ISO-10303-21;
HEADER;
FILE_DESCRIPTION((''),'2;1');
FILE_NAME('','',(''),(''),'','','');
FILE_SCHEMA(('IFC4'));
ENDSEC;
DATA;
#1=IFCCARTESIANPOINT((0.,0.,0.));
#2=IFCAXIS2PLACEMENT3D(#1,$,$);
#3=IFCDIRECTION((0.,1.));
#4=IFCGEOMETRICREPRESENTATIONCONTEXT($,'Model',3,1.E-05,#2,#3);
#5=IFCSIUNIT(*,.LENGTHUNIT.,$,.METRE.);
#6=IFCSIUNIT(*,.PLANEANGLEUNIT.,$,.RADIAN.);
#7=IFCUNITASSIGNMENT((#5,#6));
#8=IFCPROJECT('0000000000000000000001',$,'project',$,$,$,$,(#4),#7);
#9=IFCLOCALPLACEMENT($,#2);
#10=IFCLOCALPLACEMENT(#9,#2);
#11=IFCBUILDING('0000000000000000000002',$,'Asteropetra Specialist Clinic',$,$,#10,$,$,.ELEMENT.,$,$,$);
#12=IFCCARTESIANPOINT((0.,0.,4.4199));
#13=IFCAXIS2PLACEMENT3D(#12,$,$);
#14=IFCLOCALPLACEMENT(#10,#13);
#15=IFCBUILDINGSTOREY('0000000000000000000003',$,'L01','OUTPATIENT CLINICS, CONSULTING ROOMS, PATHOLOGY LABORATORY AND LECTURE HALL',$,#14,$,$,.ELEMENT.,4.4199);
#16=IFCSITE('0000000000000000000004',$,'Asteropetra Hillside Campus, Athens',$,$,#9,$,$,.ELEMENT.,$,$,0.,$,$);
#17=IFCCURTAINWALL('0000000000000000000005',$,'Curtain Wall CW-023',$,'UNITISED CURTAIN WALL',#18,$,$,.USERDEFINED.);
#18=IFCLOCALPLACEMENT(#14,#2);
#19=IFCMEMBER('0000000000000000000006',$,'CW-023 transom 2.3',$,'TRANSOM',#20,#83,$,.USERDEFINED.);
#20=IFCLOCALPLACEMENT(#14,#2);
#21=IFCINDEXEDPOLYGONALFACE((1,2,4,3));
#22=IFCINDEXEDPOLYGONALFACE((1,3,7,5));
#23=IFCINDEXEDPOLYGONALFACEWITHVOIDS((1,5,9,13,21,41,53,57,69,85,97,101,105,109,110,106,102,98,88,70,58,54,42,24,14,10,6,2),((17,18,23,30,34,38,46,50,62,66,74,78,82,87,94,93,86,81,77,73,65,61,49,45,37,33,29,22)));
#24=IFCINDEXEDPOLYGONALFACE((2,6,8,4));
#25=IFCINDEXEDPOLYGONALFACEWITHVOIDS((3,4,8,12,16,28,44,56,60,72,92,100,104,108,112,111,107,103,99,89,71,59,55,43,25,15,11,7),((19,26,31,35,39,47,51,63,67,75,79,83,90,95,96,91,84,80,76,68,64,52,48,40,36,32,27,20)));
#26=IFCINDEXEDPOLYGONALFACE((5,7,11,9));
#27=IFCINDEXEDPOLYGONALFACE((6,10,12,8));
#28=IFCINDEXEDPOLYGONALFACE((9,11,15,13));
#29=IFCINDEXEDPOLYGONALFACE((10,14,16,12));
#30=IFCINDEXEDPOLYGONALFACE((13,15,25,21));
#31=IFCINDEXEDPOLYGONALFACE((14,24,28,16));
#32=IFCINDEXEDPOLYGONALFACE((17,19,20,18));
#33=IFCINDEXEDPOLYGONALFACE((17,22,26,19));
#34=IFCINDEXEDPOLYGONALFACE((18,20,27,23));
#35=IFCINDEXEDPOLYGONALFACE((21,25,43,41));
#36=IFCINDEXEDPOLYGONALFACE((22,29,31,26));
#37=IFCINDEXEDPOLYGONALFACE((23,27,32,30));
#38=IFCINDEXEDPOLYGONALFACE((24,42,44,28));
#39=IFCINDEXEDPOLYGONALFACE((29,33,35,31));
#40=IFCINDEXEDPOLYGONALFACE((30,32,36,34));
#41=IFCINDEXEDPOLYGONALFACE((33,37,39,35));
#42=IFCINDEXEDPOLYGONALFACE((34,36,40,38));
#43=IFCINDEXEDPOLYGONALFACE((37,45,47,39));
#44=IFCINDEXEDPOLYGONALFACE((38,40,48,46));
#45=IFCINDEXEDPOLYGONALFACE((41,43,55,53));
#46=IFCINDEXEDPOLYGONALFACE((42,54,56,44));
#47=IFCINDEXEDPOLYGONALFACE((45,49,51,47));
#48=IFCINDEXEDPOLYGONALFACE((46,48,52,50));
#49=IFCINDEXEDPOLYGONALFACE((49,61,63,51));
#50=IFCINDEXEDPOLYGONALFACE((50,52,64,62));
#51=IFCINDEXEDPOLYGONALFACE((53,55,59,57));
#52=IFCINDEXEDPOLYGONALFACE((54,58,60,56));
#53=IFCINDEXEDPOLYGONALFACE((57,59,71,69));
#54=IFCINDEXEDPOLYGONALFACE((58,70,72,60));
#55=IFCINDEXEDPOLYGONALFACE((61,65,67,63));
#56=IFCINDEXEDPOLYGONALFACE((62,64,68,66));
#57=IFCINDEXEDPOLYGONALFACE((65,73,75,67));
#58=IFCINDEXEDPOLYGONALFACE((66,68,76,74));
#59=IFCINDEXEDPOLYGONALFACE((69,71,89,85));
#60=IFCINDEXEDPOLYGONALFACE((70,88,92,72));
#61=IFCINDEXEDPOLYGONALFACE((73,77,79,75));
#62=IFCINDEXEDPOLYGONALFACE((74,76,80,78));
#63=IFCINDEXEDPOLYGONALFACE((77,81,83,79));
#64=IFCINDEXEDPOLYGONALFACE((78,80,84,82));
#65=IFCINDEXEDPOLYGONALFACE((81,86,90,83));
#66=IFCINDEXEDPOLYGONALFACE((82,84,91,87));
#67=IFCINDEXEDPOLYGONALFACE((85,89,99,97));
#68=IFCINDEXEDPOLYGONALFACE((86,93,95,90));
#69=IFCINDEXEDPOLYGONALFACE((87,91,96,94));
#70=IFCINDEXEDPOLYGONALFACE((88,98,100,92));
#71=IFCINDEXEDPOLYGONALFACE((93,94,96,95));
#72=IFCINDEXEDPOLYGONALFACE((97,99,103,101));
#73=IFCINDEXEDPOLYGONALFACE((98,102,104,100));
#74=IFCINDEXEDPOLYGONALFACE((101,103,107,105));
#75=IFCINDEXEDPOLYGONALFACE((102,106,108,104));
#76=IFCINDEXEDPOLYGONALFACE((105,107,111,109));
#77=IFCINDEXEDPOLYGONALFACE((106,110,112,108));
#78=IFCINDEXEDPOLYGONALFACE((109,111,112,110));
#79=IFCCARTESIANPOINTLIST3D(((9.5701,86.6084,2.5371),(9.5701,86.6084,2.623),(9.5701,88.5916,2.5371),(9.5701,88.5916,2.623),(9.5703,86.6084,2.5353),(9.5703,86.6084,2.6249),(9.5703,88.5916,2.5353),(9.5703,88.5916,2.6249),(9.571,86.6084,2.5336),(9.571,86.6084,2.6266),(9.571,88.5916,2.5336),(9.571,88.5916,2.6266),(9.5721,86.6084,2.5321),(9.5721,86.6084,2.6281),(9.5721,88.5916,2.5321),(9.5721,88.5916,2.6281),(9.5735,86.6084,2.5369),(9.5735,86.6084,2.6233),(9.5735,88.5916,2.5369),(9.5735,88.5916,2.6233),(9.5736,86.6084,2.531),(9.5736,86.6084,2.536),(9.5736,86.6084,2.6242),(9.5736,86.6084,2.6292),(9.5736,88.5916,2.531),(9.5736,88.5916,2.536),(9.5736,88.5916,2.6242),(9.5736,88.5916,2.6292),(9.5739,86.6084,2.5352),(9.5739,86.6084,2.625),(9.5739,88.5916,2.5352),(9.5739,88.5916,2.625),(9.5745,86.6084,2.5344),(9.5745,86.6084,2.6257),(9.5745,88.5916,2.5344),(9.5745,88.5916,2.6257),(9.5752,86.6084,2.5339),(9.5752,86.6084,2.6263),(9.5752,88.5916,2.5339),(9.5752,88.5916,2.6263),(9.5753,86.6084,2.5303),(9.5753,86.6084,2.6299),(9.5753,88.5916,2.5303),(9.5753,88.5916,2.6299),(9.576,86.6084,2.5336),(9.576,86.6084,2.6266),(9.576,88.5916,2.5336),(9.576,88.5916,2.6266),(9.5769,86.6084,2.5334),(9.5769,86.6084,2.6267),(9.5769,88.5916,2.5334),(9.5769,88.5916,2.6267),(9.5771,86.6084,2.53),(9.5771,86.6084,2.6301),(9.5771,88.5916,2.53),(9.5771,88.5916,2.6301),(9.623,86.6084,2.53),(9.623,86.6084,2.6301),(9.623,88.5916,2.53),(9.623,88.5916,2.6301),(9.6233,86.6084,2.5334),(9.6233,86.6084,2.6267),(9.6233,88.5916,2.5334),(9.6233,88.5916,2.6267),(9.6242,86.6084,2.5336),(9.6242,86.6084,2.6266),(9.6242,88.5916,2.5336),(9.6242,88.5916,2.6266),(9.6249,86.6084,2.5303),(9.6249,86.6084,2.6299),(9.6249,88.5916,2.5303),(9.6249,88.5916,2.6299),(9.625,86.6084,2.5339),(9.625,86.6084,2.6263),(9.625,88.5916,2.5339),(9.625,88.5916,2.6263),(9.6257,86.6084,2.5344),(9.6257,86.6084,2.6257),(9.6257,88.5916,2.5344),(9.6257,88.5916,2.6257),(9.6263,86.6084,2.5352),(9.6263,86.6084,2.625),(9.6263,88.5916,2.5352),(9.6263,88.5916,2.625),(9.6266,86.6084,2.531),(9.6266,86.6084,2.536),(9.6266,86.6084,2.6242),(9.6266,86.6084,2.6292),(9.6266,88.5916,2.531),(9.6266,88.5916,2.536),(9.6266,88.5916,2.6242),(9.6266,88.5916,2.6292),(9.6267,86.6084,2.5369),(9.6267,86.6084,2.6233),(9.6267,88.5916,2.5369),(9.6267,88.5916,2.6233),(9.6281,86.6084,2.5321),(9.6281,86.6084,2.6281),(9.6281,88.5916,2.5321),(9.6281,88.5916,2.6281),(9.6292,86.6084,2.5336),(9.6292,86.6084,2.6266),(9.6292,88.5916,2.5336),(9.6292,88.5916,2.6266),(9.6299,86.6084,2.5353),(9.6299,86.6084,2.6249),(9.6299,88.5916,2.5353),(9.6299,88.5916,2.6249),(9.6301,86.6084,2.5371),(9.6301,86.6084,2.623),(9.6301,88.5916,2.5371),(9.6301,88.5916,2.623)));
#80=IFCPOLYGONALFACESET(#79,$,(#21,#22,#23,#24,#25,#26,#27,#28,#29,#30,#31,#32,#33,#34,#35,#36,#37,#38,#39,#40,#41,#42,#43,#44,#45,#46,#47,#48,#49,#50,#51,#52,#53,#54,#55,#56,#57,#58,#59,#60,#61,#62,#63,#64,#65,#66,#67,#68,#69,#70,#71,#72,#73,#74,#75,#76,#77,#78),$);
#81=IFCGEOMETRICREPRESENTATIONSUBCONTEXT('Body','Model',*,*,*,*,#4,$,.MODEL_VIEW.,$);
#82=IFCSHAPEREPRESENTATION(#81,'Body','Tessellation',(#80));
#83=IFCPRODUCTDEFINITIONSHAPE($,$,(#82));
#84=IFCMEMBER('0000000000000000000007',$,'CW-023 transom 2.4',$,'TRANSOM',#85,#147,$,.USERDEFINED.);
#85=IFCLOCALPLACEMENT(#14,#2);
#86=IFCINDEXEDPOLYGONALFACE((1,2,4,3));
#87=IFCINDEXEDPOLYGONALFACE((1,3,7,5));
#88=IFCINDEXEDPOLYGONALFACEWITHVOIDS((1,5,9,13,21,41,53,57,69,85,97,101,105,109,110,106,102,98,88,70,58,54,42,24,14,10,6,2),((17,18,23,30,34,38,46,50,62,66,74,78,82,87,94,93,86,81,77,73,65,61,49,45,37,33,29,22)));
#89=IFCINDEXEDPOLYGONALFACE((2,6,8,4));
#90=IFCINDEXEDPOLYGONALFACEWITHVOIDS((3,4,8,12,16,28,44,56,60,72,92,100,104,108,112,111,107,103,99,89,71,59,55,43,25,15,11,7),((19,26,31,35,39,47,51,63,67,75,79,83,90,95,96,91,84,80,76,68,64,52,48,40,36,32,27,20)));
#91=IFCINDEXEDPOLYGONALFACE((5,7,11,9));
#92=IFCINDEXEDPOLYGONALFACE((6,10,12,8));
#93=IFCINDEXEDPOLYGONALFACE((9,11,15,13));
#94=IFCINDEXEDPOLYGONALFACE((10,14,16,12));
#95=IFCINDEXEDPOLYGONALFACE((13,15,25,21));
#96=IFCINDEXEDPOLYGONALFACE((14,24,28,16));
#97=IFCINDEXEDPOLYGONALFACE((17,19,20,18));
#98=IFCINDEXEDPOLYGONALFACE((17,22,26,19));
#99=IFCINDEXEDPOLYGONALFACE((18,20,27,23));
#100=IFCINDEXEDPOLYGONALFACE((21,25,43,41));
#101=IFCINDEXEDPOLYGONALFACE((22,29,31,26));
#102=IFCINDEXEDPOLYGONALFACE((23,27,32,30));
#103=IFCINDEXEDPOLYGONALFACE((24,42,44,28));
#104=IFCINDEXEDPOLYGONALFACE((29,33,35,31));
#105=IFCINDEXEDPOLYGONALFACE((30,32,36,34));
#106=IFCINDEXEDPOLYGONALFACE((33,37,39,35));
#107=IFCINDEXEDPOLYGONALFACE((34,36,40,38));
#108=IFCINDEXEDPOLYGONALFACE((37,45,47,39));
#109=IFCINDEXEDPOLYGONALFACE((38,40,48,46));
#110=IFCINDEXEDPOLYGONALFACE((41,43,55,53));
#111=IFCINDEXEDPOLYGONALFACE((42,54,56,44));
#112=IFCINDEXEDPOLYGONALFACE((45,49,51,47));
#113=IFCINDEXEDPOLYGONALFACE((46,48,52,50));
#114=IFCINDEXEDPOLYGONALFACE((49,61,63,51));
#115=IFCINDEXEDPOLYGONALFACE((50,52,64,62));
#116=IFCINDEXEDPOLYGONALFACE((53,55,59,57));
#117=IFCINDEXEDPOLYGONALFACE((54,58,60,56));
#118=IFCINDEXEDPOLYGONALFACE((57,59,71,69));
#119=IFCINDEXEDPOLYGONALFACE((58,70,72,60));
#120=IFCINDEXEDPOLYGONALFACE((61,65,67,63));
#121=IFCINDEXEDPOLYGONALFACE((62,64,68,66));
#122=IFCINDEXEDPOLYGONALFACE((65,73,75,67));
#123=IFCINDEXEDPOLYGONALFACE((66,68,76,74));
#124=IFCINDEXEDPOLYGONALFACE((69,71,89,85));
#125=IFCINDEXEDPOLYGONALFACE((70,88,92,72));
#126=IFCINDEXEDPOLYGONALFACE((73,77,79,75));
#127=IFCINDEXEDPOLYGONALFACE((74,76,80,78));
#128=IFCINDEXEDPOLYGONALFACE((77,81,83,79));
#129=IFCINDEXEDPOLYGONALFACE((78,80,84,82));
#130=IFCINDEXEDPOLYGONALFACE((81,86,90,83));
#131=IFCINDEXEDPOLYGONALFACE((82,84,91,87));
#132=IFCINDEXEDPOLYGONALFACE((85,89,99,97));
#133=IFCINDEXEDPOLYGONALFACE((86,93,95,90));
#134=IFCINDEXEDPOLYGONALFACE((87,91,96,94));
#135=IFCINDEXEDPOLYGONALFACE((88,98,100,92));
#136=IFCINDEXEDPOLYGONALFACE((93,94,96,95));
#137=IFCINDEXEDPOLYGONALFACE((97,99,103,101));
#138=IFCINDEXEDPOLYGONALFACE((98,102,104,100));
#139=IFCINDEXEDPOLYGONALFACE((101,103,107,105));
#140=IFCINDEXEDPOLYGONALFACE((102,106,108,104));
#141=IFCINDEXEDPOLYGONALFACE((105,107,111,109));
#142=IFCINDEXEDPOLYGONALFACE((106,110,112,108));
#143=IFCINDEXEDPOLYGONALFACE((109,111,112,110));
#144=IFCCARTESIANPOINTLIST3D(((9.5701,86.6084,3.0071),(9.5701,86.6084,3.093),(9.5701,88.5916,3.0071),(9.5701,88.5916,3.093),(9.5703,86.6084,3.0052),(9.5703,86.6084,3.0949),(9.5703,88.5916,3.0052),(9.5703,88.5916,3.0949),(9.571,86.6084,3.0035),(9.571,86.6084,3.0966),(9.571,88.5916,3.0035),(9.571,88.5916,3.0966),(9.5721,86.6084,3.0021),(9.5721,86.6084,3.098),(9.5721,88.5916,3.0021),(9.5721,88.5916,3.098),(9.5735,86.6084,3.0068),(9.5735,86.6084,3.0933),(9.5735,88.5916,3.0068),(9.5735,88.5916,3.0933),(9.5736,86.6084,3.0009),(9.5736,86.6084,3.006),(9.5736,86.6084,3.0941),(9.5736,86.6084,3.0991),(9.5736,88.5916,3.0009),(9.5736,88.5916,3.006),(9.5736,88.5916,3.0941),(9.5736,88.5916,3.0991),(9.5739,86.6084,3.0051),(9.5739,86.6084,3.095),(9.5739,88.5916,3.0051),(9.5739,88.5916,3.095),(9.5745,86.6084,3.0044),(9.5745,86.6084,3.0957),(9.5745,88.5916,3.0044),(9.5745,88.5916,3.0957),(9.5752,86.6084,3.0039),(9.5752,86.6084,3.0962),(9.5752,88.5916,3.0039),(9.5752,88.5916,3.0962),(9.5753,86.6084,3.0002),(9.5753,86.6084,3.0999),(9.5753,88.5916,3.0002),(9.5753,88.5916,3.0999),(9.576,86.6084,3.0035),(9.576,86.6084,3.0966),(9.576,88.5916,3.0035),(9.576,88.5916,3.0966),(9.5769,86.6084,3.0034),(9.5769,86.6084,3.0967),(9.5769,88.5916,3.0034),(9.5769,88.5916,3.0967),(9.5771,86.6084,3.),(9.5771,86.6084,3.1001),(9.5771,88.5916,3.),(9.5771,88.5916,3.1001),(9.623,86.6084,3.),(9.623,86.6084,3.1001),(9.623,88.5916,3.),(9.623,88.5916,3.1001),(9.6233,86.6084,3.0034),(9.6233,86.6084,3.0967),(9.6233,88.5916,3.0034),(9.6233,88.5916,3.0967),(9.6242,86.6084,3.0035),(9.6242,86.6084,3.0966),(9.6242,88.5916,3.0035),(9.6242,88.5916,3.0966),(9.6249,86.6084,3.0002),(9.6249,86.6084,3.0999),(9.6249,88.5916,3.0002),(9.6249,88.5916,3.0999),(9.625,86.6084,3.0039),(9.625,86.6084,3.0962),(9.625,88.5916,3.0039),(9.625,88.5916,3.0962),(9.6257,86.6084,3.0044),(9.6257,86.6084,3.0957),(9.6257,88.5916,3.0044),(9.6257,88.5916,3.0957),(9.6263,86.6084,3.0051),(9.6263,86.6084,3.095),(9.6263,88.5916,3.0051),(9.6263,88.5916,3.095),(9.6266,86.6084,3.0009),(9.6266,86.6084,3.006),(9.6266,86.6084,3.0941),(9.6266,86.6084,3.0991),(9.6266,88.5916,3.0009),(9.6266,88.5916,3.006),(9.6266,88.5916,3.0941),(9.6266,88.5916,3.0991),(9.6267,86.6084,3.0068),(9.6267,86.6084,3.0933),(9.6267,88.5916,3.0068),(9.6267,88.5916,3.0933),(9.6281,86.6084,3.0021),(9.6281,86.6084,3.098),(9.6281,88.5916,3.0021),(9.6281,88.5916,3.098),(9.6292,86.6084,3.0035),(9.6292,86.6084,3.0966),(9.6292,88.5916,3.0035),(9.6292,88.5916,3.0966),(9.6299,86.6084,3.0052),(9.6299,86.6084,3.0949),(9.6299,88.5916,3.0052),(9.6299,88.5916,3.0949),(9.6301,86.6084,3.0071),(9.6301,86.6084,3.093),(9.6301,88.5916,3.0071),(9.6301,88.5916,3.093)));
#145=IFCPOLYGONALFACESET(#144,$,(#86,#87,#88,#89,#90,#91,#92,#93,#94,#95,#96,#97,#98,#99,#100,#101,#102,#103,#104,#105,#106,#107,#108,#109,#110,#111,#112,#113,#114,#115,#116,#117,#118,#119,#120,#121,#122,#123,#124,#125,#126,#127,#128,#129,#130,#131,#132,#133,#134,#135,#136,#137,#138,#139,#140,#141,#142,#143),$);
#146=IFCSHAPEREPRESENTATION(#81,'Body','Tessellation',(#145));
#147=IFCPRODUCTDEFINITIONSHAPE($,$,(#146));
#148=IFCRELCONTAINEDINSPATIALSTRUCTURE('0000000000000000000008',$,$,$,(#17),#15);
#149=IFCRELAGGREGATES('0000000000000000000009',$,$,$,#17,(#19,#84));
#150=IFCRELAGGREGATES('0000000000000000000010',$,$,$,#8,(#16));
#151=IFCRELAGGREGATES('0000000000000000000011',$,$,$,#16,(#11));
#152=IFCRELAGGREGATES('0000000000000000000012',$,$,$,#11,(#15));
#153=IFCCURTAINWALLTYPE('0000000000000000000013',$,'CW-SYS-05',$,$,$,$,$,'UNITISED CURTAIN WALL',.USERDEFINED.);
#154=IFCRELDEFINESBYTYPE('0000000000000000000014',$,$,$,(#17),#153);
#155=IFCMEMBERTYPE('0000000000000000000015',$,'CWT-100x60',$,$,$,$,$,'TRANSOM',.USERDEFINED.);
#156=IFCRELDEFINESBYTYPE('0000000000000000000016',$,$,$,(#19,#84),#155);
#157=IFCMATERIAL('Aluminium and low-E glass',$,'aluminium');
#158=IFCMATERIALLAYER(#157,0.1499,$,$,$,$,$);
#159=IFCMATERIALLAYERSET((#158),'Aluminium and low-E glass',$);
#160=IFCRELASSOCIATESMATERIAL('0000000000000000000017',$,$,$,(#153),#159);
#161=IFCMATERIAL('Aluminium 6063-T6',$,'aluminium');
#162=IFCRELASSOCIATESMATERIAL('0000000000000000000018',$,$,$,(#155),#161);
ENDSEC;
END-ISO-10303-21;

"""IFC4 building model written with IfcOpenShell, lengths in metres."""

from ifc_helpers import new_model, si_unit, direction, frame, origin, origin_2d, place, context, subcontext, project, spatial, hollow_rectangle, extrude, material, layer, layer_set, material_profile, profile_set, type_object, element, aggregate, save


model = new_model("IFC4")

# Units and contexts
model_context = context("Model", 3, precision=1e-05, world=origin(), true_north=direction((0.0, 1.0)))
body_context = subcontext(model_context, "Body", "Model", "MODEL_VIEW")
ifc_project = project(units=[si_unit("LENGTHUNIT", "METRE"), si_unit("PLANEANGLEUNIT", "RADIAN")], contexts=[model_context])

# Site, building, storey
site_placement = place(None, origin())
site = spatial("IfcSite", under=ifc_project, at=site_placement, Name="Asteropetra Hillside Campus, Athens", CompositionType="ELEMENT", RefElevation=0.0)
building_placement = place(site_placement, origin())
building = spatial("IfcBuilding", under=site, at=building_placement, Name="Asteropetra Specialist Clinic", CompositionType="ELEMENT")
storey_placement = place(building_placement, frame((0.0, 0.0, 4.4199)))
storey = spatial("IfcBuildingStorey", under=building, at=storey_placement, Name="L01", Description="OUTPATIENT CLINICS, CONSULTING ROOMS, PATHOLOGY LABORATORY AND LECTURE HALL", CompositionType="ELEMENT", Elevation=4.4199)

# Curtain wall
ifc_material_1 = material(Name="Aluminium and low-E glass", Category="aluminium")
ifc_layer_1 = layer(ifc_material_1, 0.1499)
ifc_layer_set_1 = layer_set([ifc_layer_1], Name="Aluminium and low-E glass")
curtain_wall_type = type_object("IfcCurtainWallType", Name="CW-SYS-05", ElementType="UNITISED CURTAIN WALL", PredefinedType="USERDEFINED", material=ifc_layer_set_1)
curtain_wall_1_placement = place(storey_placement, origin())
curtain_wall_1 = element("IfcCurtainWall", 1, at=curtain_wall_1_placement, inside=storey, type_object=curtain_wall_type, Name="Curtain Wall CW-023", ObjectType="UNITISED CURTAIN WALL", PredefinedType="USERDEFINED")

# Members
ifc_material_2 = material(Name="Aluminium 6063-T6", Category="aluminium")
ifc_material_profile_1 = material_profile(ifc_material_2, hollow_rectangle(XDim=0.0601, YDim=0.1001, WallThickness=0.0034, InnerFilletRadius=0.0034, OuterFilletRadius=0.0071, at=origin_2d()), Name="TRN 100x60x3.5")
ifc_profile_set_1 = profile_set([ifc_material_profile_1], Name="Aluminium 6063-T6")
member_type_1 = type_object("IfcMemberType", Name="CWT-100x60", ElementType="TRANSOM", PredefinedType="USERDEFINED", material=ifc_profile_set_1)
member_1_placement = place(storey_placement, frame((9.6001, 88.5916, 2.5801), z_axis=(0.0, -1.0, 0.0), x_axis=(1.0, 0.0, 0.0)))
member_1 = element("IfcMember", 2, at=member_1_placement, type_object=member_type_1, Name="CW-023 transom 2.3", ObjectType="TRANSOM", PredefinedType="USERDEFINED", context=body_context, shape_type="SweptSolid", body=[
    extrude(hollow_rectangle(XDim=0.0601, YDim=0.1001, WallThickness=0.0034, InnerFilletRadius=0.0034, OuterFilletRadius=0.0071, at=origin_2d()), origin(), (0.0, 0.0, 1.0), 1.9832),
])
member_2_placement = place(storey_placement, frame((9.6001, 88.5916, 3.05), z_axis=(0.0, -1.0, 0.0), x_axis=(1.0, 0.0, 0.0)))
member_2 = element("IfcMember", 3, at=member_2_placement, type_object=member_type_1, Name="CW-023 transom 2.4", ObjectType="TRANSOM", PredefinedType="USERDEFINED", context=body_context, shape_type="SweptSolid", body=[
    extrude(hollow_rectangle(XDim=0.0601, YDim=0.1001, WallThickness=0.0034, InnerFilletRadius=0.0034, OuterFilletRadius=0.0071, at=origin_2d()), origin(), (0.0, 0.0, 1.0), 1.9832),
])

aggregate(curtain_wall_1, [member_1, member_2])

save(model, "model.ifc")
